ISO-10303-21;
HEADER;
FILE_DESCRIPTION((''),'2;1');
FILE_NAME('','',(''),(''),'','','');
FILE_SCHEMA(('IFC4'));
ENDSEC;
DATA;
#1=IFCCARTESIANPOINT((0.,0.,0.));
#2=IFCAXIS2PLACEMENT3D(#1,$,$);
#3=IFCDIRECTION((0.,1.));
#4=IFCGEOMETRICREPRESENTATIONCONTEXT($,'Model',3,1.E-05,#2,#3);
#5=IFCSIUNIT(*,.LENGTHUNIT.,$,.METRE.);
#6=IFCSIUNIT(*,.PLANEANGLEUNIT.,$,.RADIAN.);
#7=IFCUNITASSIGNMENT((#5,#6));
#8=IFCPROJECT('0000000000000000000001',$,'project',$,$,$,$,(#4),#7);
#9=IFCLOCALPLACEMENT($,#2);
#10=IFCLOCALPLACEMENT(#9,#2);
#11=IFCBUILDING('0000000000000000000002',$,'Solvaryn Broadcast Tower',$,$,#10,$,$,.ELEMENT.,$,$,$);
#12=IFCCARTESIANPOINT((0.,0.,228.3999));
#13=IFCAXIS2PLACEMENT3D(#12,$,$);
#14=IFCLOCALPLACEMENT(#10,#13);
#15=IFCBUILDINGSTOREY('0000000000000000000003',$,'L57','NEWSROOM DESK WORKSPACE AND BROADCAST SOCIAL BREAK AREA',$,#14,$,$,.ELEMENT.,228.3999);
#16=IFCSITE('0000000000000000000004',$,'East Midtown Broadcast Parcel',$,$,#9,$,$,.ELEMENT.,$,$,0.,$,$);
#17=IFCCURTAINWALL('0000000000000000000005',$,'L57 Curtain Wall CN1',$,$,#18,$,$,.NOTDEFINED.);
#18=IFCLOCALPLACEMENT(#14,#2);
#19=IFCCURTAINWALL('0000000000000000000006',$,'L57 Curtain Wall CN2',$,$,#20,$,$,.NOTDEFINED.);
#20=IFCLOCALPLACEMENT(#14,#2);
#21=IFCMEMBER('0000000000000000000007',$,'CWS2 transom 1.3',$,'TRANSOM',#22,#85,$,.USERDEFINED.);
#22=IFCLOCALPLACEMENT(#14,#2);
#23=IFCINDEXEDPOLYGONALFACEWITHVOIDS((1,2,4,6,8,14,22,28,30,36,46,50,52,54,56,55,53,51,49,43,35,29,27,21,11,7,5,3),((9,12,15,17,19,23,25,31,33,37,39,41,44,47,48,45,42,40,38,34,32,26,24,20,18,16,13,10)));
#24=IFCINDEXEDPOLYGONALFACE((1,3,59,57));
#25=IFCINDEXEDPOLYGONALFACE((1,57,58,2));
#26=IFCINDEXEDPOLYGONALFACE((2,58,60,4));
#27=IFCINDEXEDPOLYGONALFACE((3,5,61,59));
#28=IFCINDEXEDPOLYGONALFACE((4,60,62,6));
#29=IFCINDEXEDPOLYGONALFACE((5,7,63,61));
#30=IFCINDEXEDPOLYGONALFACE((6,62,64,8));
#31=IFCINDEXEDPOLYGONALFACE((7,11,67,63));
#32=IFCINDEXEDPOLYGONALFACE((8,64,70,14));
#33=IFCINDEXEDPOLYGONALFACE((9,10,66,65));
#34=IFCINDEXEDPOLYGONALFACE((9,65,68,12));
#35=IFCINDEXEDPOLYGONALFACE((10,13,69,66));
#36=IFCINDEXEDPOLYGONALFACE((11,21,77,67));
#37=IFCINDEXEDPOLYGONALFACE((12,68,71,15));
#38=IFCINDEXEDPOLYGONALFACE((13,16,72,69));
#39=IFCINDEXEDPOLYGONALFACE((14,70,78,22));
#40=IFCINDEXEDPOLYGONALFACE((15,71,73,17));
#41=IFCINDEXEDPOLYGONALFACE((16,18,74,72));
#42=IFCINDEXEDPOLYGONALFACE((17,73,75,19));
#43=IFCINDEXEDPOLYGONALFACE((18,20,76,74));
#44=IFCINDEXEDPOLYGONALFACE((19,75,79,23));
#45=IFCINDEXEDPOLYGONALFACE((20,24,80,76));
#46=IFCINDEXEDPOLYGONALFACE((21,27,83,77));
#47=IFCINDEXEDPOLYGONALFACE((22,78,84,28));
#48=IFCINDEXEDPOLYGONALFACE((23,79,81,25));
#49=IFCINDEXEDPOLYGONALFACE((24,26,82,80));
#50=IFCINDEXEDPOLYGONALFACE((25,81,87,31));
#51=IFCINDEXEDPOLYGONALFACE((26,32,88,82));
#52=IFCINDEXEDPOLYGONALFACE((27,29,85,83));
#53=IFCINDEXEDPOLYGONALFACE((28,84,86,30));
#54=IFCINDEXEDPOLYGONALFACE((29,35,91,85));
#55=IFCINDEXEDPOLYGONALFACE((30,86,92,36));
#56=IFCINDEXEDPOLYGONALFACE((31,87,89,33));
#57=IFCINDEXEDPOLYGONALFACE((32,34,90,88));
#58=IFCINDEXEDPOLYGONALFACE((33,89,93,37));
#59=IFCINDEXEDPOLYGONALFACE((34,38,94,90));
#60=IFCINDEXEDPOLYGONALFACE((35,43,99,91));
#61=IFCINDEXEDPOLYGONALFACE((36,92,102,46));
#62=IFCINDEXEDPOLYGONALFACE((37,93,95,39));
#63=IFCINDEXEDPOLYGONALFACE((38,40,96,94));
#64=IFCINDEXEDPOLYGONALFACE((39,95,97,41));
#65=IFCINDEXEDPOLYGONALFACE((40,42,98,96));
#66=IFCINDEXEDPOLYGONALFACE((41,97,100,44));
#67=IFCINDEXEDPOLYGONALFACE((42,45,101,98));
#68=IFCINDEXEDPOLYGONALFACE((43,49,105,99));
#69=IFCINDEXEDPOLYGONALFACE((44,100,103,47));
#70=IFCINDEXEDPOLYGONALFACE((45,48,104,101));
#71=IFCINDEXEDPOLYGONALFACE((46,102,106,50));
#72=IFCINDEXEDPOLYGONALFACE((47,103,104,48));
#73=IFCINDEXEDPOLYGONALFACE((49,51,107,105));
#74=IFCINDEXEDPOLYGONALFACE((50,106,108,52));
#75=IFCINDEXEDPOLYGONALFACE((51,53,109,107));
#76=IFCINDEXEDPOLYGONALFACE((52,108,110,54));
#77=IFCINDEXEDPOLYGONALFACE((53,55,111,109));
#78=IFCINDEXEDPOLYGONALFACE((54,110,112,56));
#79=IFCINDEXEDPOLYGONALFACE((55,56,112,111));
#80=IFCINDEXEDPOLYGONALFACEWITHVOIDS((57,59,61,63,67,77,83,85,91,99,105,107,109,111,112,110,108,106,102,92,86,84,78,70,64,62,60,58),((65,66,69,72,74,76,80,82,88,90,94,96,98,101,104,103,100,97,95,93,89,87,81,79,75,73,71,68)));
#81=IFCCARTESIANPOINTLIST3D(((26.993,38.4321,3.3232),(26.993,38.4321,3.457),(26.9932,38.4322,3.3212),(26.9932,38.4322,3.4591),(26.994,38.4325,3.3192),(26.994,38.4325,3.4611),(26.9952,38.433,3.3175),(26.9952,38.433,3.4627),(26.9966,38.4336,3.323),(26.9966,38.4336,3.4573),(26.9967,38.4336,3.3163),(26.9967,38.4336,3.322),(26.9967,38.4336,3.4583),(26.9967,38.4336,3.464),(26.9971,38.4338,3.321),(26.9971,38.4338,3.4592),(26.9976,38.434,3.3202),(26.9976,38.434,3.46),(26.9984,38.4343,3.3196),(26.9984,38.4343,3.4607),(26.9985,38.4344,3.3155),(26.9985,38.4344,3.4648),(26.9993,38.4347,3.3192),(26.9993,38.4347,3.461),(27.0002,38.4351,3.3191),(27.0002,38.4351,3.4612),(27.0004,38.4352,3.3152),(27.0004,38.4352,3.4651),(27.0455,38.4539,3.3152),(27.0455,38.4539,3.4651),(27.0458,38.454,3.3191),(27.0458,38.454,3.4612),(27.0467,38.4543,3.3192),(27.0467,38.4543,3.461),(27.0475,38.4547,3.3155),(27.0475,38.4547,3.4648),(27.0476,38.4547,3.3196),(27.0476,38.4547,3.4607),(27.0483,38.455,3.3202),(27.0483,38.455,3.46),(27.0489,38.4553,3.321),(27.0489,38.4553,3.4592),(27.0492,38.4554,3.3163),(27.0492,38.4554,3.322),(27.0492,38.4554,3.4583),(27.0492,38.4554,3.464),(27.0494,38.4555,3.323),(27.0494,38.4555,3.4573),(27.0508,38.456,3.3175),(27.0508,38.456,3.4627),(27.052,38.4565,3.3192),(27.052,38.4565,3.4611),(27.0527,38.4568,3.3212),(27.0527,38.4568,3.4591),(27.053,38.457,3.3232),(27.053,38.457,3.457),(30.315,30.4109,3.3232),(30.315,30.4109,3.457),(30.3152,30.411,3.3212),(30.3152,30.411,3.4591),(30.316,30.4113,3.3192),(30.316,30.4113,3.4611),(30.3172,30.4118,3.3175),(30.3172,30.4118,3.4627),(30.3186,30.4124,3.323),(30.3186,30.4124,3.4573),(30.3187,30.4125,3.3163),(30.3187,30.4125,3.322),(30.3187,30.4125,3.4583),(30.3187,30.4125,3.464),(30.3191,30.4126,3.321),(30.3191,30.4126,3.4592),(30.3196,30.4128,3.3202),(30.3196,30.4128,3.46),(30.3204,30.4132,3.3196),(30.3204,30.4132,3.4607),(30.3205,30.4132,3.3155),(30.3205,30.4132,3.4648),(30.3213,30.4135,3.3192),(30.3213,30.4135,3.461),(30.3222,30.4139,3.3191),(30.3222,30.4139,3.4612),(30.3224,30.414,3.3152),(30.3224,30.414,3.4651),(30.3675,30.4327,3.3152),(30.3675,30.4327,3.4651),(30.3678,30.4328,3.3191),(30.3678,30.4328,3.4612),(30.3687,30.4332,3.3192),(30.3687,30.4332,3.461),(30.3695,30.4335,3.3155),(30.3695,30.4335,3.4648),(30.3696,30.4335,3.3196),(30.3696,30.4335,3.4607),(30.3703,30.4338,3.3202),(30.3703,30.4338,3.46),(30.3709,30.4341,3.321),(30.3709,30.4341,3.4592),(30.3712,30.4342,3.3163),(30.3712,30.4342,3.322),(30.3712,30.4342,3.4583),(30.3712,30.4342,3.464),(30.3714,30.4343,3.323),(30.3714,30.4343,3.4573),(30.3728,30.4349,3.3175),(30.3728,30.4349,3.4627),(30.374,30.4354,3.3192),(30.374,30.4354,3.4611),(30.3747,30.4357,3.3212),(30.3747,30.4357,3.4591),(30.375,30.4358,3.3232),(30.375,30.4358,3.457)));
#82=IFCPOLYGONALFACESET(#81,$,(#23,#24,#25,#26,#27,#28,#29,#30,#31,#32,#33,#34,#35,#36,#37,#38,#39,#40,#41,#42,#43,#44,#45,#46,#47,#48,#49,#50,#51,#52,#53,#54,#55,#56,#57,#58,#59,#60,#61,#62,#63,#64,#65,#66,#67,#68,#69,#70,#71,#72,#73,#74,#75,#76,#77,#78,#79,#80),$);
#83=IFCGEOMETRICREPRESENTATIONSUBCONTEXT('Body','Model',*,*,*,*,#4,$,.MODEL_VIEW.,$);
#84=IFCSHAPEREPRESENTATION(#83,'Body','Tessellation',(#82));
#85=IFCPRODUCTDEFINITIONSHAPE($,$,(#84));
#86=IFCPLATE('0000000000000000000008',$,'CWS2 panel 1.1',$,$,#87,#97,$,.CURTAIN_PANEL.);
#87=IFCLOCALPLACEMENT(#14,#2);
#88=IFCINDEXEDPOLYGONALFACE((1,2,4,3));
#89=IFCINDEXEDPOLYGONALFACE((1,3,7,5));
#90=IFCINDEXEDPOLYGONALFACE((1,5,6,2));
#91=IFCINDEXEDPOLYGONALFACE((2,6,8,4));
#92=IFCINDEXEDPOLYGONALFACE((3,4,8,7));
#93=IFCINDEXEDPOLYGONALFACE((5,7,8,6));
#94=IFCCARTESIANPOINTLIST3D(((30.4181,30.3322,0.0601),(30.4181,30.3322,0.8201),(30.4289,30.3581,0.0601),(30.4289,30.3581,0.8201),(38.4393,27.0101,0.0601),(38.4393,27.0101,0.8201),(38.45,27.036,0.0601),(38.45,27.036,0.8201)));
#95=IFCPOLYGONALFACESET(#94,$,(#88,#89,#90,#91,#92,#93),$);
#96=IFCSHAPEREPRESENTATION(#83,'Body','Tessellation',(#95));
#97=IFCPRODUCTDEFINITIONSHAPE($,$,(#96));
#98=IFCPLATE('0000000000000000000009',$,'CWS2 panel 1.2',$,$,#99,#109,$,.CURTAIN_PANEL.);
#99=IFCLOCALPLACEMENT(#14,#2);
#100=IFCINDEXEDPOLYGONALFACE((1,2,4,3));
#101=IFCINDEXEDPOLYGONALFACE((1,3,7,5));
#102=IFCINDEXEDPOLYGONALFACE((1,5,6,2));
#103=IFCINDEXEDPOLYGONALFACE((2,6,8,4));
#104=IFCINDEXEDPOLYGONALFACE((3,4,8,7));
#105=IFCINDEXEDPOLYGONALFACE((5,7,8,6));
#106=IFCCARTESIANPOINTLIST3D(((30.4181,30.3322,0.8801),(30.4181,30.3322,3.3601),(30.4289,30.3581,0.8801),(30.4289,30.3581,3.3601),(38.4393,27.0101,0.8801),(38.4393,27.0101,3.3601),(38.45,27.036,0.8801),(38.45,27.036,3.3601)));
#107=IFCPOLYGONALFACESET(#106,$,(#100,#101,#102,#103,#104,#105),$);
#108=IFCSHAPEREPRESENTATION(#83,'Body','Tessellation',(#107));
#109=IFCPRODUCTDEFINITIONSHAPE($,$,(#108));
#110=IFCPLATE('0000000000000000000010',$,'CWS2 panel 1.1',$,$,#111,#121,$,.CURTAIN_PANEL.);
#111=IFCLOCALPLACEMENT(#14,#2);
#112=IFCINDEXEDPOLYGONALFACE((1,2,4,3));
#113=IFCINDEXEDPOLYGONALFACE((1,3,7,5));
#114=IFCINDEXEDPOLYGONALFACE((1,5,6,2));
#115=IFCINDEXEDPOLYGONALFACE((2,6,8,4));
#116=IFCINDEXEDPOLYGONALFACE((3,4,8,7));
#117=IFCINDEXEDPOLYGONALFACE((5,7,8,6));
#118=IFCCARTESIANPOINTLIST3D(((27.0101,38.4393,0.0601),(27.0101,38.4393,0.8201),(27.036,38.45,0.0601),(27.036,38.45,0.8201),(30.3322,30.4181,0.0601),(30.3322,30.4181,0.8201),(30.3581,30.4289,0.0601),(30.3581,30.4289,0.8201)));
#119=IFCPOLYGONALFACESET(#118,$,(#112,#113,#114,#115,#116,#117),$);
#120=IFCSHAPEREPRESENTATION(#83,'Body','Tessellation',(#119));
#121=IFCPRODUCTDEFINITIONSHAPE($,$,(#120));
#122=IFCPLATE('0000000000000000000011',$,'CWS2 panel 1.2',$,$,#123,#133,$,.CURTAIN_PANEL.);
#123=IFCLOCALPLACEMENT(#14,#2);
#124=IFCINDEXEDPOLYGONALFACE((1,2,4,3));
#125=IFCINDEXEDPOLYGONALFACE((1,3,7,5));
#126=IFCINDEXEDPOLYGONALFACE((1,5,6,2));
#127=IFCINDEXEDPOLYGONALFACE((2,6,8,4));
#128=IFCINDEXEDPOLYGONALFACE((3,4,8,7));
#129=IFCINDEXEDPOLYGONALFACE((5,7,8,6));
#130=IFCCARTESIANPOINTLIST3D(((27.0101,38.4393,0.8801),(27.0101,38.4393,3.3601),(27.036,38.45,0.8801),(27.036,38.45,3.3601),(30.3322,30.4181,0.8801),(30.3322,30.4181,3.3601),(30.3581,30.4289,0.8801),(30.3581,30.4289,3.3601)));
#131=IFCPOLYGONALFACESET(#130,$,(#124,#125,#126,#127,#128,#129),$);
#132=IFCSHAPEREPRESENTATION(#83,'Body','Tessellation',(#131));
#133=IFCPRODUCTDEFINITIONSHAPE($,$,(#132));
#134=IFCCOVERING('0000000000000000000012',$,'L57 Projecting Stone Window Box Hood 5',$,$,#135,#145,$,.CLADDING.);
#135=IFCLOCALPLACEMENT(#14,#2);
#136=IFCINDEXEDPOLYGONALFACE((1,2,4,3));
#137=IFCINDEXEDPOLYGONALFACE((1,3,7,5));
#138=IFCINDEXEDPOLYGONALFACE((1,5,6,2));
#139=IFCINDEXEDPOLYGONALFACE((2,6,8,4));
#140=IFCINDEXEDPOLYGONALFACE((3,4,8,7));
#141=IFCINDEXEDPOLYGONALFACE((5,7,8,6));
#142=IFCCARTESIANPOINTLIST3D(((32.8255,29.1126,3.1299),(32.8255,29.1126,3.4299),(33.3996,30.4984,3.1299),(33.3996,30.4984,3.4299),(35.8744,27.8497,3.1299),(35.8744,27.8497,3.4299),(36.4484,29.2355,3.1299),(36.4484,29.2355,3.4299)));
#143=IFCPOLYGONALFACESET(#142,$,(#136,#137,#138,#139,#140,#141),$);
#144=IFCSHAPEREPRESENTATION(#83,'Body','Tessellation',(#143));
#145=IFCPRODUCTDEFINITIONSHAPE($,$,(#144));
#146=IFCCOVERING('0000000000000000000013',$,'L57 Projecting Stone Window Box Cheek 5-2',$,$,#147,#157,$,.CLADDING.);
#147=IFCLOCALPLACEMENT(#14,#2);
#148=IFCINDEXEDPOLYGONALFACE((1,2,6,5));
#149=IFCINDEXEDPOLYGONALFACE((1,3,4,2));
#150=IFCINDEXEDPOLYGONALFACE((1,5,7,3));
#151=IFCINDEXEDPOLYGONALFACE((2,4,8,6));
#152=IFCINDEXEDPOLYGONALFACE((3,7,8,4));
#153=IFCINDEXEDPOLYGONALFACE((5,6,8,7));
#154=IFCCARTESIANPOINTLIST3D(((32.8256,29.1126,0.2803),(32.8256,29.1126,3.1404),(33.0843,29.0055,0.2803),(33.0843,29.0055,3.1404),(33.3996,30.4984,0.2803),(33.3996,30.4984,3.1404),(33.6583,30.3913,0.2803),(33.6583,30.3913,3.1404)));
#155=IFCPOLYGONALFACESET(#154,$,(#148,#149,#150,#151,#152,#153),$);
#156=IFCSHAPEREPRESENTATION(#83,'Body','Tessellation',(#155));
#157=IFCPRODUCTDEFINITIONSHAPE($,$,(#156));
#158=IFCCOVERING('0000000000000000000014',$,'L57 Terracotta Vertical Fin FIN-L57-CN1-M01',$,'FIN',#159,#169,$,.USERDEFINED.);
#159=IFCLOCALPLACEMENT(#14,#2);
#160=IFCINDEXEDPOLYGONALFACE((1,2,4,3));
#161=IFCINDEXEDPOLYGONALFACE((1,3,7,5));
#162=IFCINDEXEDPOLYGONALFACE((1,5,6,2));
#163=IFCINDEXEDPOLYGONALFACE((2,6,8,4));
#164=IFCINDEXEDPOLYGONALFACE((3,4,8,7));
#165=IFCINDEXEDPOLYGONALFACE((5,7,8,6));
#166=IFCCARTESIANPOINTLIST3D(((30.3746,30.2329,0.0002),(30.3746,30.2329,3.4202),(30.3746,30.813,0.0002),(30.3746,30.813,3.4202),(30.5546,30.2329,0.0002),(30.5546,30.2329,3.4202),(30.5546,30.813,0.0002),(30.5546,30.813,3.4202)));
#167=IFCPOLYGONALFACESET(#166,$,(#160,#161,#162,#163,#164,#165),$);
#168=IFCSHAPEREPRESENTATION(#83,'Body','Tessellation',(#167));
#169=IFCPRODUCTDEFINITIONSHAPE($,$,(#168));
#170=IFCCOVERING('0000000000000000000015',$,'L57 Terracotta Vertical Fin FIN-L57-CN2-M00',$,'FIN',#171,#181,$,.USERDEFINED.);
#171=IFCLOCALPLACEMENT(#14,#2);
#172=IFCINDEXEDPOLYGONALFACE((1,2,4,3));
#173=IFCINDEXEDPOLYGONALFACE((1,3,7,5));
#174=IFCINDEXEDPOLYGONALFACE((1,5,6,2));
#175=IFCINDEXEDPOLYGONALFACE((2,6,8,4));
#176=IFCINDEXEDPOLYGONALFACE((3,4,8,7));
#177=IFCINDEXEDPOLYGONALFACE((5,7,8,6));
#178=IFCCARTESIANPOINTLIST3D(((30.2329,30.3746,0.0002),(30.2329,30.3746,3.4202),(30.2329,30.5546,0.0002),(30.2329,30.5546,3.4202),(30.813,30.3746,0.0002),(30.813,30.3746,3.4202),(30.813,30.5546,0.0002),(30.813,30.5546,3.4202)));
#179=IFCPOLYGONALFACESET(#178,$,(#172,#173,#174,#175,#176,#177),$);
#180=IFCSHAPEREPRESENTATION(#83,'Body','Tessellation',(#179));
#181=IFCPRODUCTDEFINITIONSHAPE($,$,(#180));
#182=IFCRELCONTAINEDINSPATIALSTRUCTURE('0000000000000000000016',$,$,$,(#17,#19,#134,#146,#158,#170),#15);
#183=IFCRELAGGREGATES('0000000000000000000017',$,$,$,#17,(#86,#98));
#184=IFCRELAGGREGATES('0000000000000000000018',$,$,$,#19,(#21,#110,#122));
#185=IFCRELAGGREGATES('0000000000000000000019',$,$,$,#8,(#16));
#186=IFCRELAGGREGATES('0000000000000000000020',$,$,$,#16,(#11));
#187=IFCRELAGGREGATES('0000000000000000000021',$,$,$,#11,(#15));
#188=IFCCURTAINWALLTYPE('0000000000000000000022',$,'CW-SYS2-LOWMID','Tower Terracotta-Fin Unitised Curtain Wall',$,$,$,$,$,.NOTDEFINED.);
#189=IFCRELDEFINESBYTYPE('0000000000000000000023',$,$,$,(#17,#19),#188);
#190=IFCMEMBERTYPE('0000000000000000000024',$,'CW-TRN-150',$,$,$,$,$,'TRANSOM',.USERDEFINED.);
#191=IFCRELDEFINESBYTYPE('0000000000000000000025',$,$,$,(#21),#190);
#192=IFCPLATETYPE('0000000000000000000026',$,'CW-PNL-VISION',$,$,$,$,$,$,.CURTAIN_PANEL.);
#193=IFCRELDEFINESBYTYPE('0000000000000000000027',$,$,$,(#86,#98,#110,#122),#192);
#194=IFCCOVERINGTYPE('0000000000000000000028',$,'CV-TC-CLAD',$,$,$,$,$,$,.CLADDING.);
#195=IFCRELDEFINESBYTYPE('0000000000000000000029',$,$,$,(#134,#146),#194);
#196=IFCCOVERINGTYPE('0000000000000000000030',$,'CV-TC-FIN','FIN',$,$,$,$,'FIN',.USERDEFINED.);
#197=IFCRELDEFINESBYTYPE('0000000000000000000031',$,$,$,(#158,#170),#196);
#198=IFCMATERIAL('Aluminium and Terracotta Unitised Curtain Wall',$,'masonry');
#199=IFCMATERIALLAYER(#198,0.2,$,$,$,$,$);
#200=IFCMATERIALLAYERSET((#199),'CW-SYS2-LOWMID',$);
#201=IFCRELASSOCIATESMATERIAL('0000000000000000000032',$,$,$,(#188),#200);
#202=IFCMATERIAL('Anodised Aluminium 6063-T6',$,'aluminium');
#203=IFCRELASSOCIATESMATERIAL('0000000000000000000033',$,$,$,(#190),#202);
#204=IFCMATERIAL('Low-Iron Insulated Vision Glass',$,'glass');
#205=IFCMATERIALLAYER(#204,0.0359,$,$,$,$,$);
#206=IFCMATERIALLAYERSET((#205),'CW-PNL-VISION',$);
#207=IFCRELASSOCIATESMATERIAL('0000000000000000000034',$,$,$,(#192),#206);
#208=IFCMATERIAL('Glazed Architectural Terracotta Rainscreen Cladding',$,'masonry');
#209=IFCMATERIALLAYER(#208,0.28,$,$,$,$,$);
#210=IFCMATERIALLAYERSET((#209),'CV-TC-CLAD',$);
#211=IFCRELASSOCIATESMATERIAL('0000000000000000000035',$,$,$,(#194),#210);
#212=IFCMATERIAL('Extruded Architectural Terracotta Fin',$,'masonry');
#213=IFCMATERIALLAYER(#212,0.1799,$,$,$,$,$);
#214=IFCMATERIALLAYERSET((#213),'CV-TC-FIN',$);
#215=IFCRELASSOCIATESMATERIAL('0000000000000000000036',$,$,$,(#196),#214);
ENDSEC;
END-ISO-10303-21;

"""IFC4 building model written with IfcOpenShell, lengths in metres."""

from ifc_helpers import new_model, si_unit, direction, frame, origin, origin_2d, place, context, subcontext, project, spatial, rectangle, hollow_rectangle, extrude, material, layer, layer_set, material_profile, profile_set, type_object, element, aggregate, save


model = new_model("IFC4")

# Units and contexts
model_context = context("Model", 3, precision=1e-05, world=origin(), true_north=direction((0.0, 1.0)))
body_context = subcontext(model_context, "Body", "Model", "MODEL_VIEW")
ifc_project = project(units=[si_unit("LENGTHUNIT", "METRE"), si_unit("PLANEANGLEUNIT", "RADIAN")], contexts=[model_context])

# Site, building, storey
site_placement = place(None, origin())
site = spatial("IfcSite", under=ifc_project, at=site_placement, Name="East Midtown Broadcast Parcel", CompositionType="ELEMENT", RefElevation=0.0)
building_placement = place(site_placement, origin())
building = spatial("IfcBuilding", under=site, at=building_placement, Name="Solvaryn Broadcast Tower", CompositionType="ELEMENT")
storey_placement = place(building_placement, frame((0.0, 0.0, 228.3999)))
storey = spatial("IfcBuildingStorey", under=building, at=storey_placement, Name="L57", Description="NEWSROOM DESK WORKSPACE AND BROADCAST SOCIAL BREAK AREA", CompositionType="ELEMENT", Elevation=228.3999)

# Curtain wall
ifc_material_1 = material(Name="Aluminium and Terracotta Unitised Curtain Wall", Category="masonry")
ifc_layer_1 = layer(ifc_material_1, 0.2)
ifc_layer_set_1 = layer_set([ifc_layer_1], Name="CW-SYS2-LOWMID")
curtain_wall_type = type_object("IfcCurtainWallType", Name="CW-SYS2-LOWMID", Description="Tower Terracotta-Fin Unitised Curtain Wall", PredefinedType="NOTDEFINED", material=ifc_layer_set_1)
curtain_wall_1_placement = place(storey_placement, origin())
curtain_wall_1 = element("IfcCurtainWall", 1, at=curtain_wall_1_placement, inside=storey, type_object=curtain_wall_type, Name="L57 Curtain Wall CN1", PredefinedType="NOTDEFINED")

# Curtain wall, member
curtain_wall_2_placement = place(storey_placement, origin())
curtain_wall_2 = element("IfcCurtainWall", 2, at=curtain_wall_2_placement, inside=storey, type_object=curtain_wall_type, Name="L57 Curtain Wall CN2", PredefinedType="NOTDEFINED")
ifc_material_2 = material(Name="Anodised Aluminium 6063-T6", Category="aluminium")
ifc_material_profile_1 = material_profile(ifc_material_2, hollow_rectangle(XDim=0.0649, YDim=0.1499, WallThickness=0.0039, InnerFilletRadius=0.0039, OuterFilletRadius=0.0081, at=origin_2d()))
ifc_profile_set_1 = profile_set([ifc_material_profile_1], Name="Anodised Aluminium 6063-T6")
member_type_1 = type_object("IfcMemberType", Name="CW-TRN-150", ElementType="TRANSOM", PredefinedType="USERDEFINED", material=ifc_profile_set_1)
member_1_placement = place(storey_placement, frame((30.345, 30.4233, 3.3901), z_axis=(-0.382636, 0.923899, 0.0), x_axis=(-0.923899, -0.382636, 0.0)))
member_1 = element("IfcMember", 3, at=member_1_placement, type_object=member_type_1, Name="CWS2 transom 1.3", ObjectType="TRANSOM", PredefinedType="USERDEFINED", context=body_context, shape_type="SweptSolid", body=[
    extrude(hollow_rectangle(XDim=0.0649, YDim=0.1499, WallThickness=0.0039, InnerFilletRadius=0.0039, OuterFilletRadius=0.0081, at=origin_2d()), origin(), (0.0, 0.0, 1.0), 8.6819),
])

# Plates
ifc_material_3 = material(Name="Low-Iron Insulated Vision Glass", Category="glass")
ifc_layer_2 = layer(ifc_material_3, 0.0359)
ifc_layer_set_2 = layer_set([ifc_layer_2], Name="CW-PNL-VISION")
plate_type = type_object("IfcPlateType", Name="CW-PNL-VISION", PredefinedType="CURTAIN_PANEL", material=ifc_layer_set_2)
plate_1_placement = place(storey_placement, frame((34.4341, 28.6841, 0.0601), z_axis=(0.0, 0.0, 1.0), x_axis=(-0.923895, 0.382646, 0.0)))
plate_1 = element("IfcPlate", 4, at=plate_1_placement, type_object=plate_type, Name="CWS2 panel 1.1", PredefinedType="CURTAIN_PANEL", context=body_context, shape_type="SweptSolid", body=[
    extrude(rectangle(XDim=8.6819, YDim=0.0281, at=origin_2d()), origin(), (0.0, 0.0, 1.0), 0.76),
])
plate_2_placement = place(storey_placement, frame((34.4341, 28.6841, 0.8801), z_axis=(0.0, 0.0, 1.0), x_axis=(-0.923895, 0.382646, 0.0)))
plate_2 = element("IfcPlate", 5, at=plate_2_placement, type_object=plate_type, Name="CWS2 panel 1.2", PredefinedType="CURTAIN_PANEL", context=body_context, shape_type="SweptSolid", body=[
    extrude(rectangle(XDim=8.6819, YDim=0.0281, at=origin_2d()), origin(), (0.0, 0.0, 1.0), 2.48),
])
aggregate(curtain_wall_1, [plate_1, plate_2])
plate_3_placement = place(storey_placement, frame((28.6841, 34.4341, 0.0601), z_axis=(0.0, 0.0, 1.0), x_axis=(-0.382646, 0.923895, 0.0)))
plate_3 = element("IfcPlate", 6, at=plate_3_placement, type_object=plate_type, Name="CWS2 panel 1.1", PredefinedType="CURTAIN_PANEL", context=body_context, shape_type="SweptSolid", body=[
    extrude(rectangle(XDim=8.6819, YDim=0.0281, at=origin_2d()), origin(), (0.0, 0.0, 1.0), 0.76),
])
plate_4_placement = place(storey_placement, frame((28.6841, 34.4341, 0.8801), z_axis=(0.0, 0.0, 1.0), x_axis=(-0.382646, 0.923895, 0.0)))
plate_4 = element("IfcPlate", 7, at=plate_4_placement, type_object=plate_type, Name="CWS2 panel 1.2", PredefinedType="CURTAIN_PANEL", context=body_context, shape_type="SweptSolid", body=[
    extrude(rectangle(XDim=8.6819, YDim=0.0281, at=origin_2d()), origin(), (0.0, 0.0, 1.0), 2.48),
])
aggregate(curtain_wall_2, [member_1, plate_3, plate_4])

# Coverings
ifc_material_4 = material(Name="Glazed Architectural Terracotta Rainscreen Cladding", Category="masonry")
ifc_layer_3 = layer(ifc_material_4, 0.28)
ifc_layer_set_3 = layer_set([ifc_layer_3], Name="CV-TC-CLAD")
covering_type_1 = type_object("IfcCoveringType", Name="CV-TC-CLAD", PredefinedType="CLADDING", material=ifc_layer_set_3)
covering_1_placement = place(storey_placement, frame((34.637, 29.1741, 3.1299), z_axis=(0.0, 0.0, 1.0), x_axis=(-0.92388, 0.382683, 0.0)))
element("IfcCovering", 8, at=covering_1_placement, inside=storey, type_object=covering_type_1, Name="L57 Projecting Stone Window Box Hood 5", PredefinedType="CLADDING", context=body_context, shape_type="SweptSolid", body=[
    extrude(rectangle(XDim=3.3, YDim=1.5, at=origin_2d()), origin(), (0.0, 0.0, 1.0), 0.3),
])
covering_2_placement = place(storey_placement, frame((33.2419, 29.752, 0.2803), z_axis=(0.0, 0.0, 1.0), x_axis=(-0.92388, 0.382683, 0.0)))
element("IfcCovering", 9, at=covering_2_placement, inside=storey, type_object=covering_type_1, Name="L57 Projecting Stone Window Box Cheek 5-2", PredefinedType="CLADDING", context=body_context, shape_type="SweptSolid", body=[
    extrude(rectangle(XDim=0.28, YDim=1.5, at=origin_2d()), origin(), (0.0, 0.0, 1.0), 2.8601),
])
ifc_material_5 = material(Name="Extruded Architectural Terracotta Fin", Category="masonry")
ifc_layer_4 = layer(ifc_material_5, 0.1799)
ifc_layer_set_4 = layer_set([ifc_layer_4], Name="CV-TC-FIN")
covering_type_2 = type_object("IfcCoveringType", Name="CV-TC-FIN", Description="FIN", ElementType="FIN", PredefinedType="USERDEFINED", material=ifc_layer_set_4)
covering_3_placement = place(storey_placement, frame((30.4646, 30.5229, 0.0002), z_axis=(0.0, 0.0, 1.0), x_axis=(1.0, 0.0, 0.0)))
element("IfcCovering", 10, at=covering_3_placement, inside=storey, type_object=covering_type_2, Name="L57 Terracotta Vertical Fin FIN-L57-CN1-M01", ObjectType="FIN", PredefinedType="USERDEFINED", context=body_context, shape_type="SweptSolid", body=[
    extrude(rectangle(XDim=0.1799, YDim=0.5801, at=origin_2d()), origin(), (0.0, 0.0, 1.0), 3.4199),
])
covering_4_placement = place(storey_placement, frame((30.5229, 30.4646, 0.0002), z_axis=(0.0, 0.0, 1.0), x_axis=(1.0, 0.0, 0.0)))
element("IfcCovering", 11, at=covering_4_placement, inside=storey, type_object=covering_type_2, Name="L57 Terracotta Vertical Fin FIN-L57-CN2-M00", ObjectType="FIN", PredefinedType="USERDEFINED", context=body_context, shape_type="SweptSolid", body=[
    extrude(rectangle(XDim=0.5801, YDim=0.1799, at=origin_2d()), origin(), (0.0, 0.0, 1.0), 3.4199),
])

save(model, "model.ifc")
